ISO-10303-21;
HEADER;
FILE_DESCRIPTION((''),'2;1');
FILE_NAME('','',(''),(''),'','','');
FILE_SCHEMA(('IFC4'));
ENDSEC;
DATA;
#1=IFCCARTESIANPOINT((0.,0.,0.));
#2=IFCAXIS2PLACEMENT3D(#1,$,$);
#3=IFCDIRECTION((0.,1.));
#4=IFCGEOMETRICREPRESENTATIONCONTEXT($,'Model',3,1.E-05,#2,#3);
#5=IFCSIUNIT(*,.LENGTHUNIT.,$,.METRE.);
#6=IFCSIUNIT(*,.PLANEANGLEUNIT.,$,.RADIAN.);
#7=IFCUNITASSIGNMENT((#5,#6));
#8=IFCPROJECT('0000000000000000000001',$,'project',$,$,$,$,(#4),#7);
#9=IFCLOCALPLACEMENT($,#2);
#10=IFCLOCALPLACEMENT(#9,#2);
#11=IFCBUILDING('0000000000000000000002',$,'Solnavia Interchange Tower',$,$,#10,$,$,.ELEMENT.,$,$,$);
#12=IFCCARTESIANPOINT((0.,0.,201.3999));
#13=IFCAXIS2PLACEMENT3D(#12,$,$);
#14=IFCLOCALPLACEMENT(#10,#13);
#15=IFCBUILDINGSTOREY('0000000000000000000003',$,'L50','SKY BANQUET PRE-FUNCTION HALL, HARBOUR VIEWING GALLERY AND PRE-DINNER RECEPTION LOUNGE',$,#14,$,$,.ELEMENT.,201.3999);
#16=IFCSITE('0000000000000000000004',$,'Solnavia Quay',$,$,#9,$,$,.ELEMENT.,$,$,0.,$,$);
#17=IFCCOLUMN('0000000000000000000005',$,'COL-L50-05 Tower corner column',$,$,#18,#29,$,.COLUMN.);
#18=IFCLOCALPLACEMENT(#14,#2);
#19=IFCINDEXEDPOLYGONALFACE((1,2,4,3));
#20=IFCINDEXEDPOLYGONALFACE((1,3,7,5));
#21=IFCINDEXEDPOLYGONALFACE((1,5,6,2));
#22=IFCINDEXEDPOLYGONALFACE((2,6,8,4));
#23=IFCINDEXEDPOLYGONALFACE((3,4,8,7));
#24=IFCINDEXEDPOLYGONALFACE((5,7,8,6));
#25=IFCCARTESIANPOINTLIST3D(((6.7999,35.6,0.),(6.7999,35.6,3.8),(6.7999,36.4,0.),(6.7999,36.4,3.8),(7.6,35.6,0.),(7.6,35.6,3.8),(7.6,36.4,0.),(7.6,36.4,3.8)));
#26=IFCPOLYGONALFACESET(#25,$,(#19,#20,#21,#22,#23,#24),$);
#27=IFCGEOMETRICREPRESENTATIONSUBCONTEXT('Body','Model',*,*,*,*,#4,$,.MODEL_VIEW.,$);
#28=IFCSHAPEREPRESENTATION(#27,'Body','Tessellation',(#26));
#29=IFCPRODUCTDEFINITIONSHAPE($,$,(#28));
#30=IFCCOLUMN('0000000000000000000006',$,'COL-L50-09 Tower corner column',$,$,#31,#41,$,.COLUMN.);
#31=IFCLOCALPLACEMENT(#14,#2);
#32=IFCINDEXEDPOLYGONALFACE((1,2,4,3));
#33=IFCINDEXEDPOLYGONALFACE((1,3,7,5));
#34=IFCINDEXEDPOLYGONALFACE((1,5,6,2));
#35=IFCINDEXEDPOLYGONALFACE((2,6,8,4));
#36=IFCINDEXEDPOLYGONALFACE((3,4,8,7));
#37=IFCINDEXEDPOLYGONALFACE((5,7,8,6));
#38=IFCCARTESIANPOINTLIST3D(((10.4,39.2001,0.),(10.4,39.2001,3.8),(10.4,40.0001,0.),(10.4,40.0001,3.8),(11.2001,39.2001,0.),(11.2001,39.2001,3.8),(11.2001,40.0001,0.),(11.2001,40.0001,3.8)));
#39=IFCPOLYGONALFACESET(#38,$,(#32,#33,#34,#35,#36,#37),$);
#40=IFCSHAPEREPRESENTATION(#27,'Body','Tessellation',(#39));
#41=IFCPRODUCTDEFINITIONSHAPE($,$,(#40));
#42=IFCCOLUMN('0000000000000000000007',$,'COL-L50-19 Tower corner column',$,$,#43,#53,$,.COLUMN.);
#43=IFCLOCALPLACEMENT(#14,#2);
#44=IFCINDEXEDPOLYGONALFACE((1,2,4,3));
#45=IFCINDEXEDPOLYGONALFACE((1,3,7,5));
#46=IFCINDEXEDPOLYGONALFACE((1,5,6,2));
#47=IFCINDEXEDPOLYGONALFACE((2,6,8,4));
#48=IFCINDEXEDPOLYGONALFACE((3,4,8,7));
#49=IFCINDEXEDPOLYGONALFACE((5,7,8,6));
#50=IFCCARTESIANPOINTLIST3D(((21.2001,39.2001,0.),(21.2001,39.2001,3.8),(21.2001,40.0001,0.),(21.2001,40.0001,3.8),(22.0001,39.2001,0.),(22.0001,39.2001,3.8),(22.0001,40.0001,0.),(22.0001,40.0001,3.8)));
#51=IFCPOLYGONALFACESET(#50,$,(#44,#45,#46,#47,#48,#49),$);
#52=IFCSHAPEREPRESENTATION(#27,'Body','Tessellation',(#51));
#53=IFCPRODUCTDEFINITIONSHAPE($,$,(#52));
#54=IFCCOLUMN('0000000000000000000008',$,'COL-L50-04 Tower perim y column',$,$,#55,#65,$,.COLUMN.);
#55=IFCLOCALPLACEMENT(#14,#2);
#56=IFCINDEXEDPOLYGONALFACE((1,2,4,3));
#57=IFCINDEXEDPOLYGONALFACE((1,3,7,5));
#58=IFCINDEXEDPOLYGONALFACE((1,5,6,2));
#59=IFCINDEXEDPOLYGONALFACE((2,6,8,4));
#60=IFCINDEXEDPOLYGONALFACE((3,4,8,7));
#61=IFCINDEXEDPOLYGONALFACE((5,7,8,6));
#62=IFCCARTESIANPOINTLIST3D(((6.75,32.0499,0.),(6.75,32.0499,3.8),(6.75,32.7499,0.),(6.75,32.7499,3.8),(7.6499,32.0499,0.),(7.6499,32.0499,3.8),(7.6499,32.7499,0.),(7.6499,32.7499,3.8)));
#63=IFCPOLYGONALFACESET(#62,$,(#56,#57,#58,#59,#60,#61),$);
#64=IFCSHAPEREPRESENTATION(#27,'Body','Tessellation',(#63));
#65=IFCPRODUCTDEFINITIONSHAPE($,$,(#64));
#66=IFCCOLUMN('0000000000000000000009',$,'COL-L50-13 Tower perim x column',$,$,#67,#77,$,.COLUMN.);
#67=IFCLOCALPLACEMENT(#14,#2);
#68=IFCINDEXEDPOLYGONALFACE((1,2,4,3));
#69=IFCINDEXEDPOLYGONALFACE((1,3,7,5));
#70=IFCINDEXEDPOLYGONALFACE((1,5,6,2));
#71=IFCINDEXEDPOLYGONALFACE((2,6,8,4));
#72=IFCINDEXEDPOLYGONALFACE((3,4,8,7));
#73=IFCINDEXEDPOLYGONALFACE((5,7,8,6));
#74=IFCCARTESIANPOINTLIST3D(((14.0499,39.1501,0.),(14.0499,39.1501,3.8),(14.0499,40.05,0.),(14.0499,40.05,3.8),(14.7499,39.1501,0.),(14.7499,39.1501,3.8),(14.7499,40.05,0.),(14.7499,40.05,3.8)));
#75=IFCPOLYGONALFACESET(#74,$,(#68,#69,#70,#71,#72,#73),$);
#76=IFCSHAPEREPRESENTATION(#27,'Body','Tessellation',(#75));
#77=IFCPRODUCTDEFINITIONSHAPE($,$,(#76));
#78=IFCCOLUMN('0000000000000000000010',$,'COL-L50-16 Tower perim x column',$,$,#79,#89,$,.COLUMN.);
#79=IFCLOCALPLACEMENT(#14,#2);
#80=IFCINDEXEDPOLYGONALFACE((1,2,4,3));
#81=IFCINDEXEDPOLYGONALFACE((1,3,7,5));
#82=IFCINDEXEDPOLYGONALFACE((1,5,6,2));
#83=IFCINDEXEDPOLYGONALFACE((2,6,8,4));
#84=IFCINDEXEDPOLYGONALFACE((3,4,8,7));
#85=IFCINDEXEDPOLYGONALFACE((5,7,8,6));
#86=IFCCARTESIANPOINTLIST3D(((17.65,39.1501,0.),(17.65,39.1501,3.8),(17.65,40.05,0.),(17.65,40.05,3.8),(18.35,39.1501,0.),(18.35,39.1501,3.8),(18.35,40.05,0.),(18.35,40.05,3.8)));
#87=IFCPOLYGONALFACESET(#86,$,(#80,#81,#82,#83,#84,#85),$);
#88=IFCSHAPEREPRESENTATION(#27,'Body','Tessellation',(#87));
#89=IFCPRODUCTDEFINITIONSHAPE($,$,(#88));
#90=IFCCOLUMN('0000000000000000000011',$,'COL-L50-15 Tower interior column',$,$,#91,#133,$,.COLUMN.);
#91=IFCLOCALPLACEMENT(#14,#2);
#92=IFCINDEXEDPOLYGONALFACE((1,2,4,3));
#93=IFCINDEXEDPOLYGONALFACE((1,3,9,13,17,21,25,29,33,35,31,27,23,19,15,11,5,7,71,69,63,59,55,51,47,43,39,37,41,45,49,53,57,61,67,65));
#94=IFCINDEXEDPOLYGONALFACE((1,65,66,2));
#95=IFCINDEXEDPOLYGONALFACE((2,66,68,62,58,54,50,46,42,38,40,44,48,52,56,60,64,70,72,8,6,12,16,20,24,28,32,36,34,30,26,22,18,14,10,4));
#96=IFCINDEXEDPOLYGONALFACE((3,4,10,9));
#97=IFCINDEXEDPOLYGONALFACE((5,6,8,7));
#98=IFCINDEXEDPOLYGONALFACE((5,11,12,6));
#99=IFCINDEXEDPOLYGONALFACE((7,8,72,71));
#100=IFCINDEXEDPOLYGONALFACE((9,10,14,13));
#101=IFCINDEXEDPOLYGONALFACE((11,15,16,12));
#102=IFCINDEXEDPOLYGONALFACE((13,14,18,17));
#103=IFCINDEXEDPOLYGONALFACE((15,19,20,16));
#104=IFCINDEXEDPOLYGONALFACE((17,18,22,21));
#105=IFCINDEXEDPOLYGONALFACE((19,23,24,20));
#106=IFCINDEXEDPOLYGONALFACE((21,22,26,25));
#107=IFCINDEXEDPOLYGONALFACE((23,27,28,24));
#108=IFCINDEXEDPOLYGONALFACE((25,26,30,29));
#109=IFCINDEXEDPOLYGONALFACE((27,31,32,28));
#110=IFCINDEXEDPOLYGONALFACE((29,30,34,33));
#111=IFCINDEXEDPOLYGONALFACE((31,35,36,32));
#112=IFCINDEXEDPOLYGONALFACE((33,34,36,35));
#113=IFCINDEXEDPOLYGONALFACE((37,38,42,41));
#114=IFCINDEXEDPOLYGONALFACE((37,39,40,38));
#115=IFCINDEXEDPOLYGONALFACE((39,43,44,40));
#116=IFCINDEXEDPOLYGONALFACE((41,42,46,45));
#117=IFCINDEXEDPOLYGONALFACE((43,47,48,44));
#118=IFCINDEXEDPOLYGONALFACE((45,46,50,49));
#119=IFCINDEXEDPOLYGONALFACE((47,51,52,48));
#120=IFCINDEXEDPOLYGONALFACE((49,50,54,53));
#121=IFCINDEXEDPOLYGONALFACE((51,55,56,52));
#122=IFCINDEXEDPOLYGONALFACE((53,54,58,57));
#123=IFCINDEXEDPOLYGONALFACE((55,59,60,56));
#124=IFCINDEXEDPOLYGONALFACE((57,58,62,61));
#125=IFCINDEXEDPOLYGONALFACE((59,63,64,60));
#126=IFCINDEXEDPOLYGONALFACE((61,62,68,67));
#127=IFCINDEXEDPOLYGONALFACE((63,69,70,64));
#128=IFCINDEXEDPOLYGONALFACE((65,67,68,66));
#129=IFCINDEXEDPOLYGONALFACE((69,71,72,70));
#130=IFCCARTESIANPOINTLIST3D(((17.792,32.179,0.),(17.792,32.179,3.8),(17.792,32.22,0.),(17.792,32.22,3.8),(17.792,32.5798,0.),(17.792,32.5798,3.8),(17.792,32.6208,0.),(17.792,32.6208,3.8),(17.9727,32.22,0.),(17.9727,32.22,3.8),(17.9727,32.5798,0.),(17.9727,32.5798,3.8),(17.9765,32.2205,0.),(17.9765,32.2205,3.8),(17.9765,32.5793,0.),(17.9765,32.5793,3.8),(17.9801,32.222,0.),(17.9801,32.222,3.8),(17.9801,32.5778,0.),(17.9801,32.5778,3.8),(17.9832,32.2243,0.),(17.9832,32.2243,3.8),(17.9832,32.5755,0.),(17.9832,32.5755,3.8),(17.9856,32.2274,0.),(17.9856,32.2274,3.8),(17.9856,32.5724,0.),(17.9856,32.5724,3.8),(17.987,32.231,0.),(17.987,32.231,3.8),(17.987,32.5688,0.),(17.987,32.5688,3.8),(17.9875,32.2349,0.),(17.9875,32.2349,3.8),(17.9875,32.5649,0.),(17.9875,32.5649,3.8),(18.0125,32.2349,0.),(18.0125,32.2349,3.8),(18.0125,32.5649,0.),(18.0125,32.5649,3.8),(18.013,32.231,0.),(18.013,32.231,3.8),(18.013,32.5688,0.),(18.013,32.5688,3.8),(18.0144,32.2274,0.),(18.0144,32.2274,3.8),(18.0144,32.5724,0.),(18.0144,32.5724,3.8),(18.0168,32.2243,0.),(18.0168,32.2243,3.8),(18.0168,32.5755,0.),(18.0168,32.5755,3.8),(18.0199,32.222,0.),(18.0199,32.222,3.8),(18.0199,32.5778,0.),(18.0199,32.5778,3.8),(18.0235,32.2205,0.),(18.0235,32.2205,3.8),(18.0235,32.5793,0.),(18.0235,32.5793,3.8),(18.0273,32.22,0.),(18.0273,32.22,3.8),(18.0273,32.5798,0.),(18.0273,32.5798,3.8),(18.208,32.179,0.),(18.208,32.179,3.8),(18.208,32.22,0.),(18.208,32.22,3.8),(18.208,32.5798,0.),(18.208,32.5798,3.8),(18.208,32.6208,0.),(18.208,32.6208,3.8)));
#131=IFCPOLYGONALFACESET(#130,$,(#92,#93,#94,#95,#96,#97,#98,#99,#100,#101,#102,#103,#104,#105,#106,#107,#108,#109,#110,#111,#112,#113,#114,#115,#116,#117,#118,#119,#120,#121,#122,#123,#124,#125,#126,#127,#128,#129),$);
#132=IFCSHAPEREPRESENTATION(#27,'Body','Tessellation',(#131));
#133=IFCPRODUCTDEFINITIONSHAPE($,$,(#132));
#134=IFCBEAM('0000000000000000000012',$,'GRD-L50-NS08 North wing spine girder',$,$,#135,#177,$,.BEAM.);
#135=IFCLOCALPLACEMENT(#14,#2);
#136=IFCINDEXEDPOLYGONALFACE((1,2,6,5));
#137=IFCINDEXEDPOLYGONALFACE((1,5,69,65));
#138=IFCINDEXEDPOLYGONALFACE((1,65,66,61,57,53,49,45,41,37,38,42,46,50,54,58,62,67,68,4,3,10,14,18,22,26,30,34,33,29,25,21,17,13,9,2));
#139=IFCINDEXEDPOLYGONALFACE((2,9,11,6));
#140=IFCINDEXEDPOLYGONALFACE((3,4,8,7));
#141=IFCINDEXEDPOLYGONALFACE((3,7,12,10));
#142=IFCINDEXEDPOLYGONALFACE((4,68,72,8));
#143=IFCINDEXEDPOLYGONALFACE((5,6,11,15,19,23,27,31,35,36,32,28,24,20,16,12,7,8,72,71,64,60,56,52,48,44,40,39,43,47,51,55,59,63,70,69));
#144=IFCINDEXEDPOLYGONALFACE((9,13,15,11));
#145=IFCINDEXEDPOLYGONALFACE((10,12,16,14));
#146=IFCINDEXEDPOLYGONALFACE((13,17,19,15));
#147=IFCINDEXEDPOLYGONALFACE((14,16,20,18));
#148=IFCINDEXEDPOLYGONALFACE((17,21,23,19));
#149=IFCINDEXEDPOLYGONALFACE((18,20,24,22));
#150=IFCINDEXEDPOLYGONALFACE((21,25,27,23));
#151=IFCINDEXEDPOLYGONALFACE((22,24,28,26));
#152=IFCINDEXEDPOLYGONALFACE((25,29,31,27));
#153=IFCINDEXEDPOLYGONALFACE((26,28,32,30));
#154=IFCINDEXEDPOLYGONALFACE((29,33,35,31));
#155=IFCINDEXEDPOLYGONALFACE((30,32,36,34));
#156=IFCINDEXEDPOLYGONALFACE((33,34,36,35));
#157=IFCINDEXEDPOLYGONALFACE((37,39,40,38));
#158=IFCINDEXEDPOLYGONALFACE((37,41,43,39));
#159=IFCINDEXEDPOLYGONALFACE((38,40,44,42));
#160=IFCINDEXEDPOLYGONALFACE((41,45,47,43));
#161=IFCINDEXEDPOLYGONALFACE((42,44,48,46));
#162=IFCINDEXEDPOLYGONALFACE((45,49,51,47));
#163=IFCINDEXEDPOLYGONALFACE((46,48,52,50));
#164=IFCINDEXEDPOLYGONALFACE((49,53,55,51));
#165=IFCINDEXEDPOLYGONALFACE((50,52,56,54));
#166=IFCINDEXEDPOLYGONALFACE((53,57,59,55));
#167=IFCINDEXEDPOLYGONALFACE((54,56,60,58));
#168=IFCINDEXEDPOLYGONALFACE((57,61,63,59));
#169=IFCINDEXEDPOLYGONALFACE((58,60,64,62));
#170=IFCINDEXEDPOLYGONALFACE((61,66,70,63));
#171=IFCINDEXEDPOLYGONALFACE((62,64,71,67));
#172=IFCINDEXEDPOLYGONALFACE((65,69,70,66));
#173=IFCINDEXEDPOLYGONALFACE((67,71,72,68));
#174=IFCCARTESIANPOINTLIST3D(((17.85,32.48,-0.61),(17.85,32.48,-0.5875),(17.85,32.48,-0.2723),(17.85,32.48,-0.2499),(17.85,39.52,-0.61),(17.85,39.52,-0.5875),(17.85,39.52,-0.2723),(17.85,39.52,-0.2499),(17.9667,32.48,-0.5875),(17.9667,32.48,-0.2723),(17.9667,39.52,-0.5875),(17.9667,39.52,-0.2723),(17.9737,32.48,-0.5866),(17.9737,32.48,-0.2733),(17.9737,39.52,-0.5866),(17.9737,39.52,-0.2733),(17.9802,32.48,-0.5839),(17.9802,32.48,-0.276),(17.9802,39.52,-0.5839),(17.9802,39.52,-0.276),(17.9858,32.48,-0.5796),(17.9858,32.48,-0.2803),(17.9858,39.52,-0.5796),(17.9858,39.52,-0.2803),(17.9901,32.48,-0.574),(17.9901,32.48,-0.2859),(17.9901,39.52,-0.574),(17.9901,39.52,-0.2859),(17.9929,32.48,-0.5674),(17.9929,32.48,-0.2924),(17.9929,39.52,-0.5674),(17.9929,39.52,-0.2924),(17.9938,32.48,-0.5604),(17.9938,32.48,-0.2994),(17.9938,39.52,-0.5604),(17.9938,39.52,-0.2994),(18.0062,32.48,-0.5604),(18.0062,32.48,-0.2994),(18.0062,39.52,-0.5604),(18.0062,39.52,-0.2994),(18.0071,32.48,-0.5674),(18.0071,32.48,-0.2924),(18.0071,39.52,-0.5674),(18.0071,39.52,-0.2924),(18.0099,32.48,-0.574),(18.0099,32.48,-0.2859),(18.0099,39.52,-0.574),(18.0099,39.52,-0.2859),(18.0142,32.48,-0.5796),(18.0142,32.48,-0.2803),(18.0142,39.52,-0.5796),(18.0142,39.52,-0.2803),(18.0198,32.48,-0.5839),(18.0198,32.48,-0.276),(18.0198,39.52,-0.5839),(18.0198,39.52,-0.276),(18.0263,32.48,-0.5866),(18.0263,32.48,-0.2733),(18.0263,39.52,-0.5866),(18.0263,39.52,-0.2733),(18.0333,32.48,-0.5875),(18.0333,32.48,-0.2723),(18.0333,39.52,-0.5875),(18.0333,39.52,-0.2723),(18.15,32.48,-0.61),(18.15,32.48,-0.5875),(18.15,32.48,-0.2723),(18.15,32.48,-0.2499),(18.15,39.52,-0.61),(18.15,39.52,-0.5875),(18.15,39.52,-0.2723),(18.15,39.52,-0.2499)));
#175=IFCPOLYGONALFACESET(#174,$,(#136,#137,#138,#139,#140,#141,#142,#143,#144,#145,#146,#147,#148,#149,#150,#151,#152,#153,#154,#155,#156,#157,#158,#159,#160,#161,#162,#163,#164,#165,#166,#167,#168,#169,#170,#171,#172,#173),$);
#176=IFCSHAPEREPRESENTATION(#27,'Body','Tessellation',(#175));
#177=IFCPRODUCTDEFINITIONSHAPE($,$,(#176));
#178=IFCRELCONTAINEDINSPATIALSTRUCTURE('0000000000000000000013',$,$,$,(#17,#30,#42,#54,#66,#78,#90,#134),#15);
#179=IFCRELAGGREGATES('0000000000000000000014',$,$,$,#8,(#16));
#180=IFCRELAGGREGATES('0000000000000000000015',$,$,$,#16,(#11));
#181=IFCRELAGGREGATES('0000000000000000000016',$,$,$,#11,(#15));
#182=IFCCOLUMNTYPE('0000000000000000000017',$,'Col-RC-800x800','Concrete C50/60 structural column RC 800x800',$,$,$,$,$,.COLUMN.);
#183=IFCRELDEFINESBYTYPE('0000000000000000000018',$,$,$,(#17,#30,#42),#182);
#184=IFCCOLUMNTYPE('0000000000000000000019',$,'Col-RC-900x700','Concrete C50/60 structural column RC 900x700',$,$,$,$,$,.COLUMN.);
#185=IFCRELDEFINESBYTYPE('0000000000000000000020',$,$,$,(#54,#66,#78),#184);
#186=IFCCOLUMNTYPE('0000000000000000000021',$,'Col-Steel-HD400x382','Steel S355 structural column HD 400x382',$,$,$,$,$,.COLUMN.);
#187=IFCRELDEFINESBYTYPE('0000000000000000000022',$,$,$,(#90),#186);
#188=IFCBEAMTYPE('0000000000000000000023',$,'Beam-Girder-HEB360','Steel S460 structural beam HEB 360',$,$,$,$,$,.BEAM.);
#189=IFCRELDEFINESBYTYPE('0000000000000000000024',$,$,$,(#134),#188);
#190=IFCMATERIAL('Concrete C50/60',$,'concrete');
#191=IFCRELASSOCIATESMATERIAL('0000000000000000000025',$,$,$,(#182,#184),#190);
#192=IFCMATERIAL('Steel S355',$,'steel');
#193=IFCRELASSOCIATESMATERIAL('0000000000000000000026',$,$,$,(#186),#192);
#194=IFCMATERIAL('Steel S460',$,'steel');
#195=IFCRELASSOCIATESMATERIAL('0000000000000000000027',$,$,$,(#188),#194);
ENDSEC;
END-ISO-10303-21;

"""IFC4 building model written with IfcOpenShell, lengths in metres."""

from ifc_helpers import new_model, si_unit, direction, frame, origin, origin_2d, place, context, subcontext, project, spatial, rectangle, i_section, extrude, material, material_profile, profile_set, type_object, element, save


model = new_model("IFC4")

# Units and contexts
model_context = context("Model", 3, precision=1e-05, world=origin(), true_north=direction((0.0, 1.0)))
body_context = subcontext(model_context, "Body", "Model", "MODEL_VIEW")
ifc_project = project(units=[si_unit("LENGTHUNIT", "METRE"), si_unit("PLANEANGLEUNIT", "RADIAN")], contexts=[model_context])

# Site, building, storey
site_placement = place(None, origin())
site = spatial("IfcSite", under=ifc_project, at=site_placement, Name="Solnavia Quay", CompositionType="ELEMENT", RefElevation=0.0)
building_placement = place(site_placement, origin())
building = spatial("IfcBuilding", under=site, at=building_placement, Name="Solnavia Interchange Tower", CompositionType="ELEMENT")
storey_placement = place(building_placement, frame((0.0, 0.0, 201.3999)))
storey = spatial("IfcBuildingStorey", under=building, at=storey_placement, Name="L50", Description="SKY BANQUET PRE-FUNCTION HALL, HARBOUR VIEWING GALLERY AND PRE-DINNER RECEPTION LOUNGE", CompositionType="ELEMENT", Elevation=201.3999)

# Columns
ifc_material_1 = material(Name="Concrete C50/60", Category="concrete")
ifc_material_profile_1 = material_profile(ifc_material_1, rectangle(XDim=0.8, YDim=0.8, at=origin_2d()), Name="RC 800x800")
ifc_profile_set_1 = profile_set([ifc_material_profile_1], Name="Concrete C50/60")
column_type_1 = type_object("IfcColumnType", Name="Col-RC-800x800", Description="Concrete C50/60 structural column RC 800x800", PredefinedType="COLUMN", material=ifc_profile_set_1)
for number, where, z_axis, x_axis, name in (
    (1, (7.2, 36.0, 0.0), (0.0, 0.0, 1.0), (0.0, 1.0, 0.0), "COL-L50-05 Tower corner column"),
    (2, (10.8, 39.6001, 0.0), (0.0, 0.0, 1.0), (1.0, 0.0, 0.0), "COL-L50-09 Tower corner column"),
    (3, (21.6001, 39.6001, 0.0), (0.0, 0.0, 1.0), (1.0, 0.0, 0.0), "COL-L50-19 Tower corner column"),
):
    element("IfcColumn", number, at=place(storey_placement, frame(where, z_axis=z_axis, x_axis=x_axis)), inside=storey, type_object=column_type_1, Name=name, PredefinedType="COLUMN", context=body_context, shape_type="SweptSolid", body=[
        extrude(rectangle(XDim=0.8, YDim=0.8, at=origin_2d()), origin(), (0.0, 0.0, 1.0), 3.8),
    ])
ifc_material_profile_2 = material_profile(ifc_material_1, rectangle(XDim=0.7, YDim=0.8999, at=origin_2d()), Name="RC 900x700")
ifc_profile_set_2 = profile_set([ifc_material_profile_2], Name="Concrete C50/60")
column_type_2 = type_object("IfcColumnType", Name="Col-RC-900x700", Description="Concrete C50/60 structural column RC 900x700", PredefinedType="COLUMN", material=ifc_profile_set_2)
for number, where, z_axis, x_axis, name in (
    (4, (7.2, 32.3999, 0.0), (0.0, 0.0, 1.0), (0.0, 1.0, 0.0), "COL-L50-04 Tower perim y column"),
    (5, (14.3999, 39.6001, 0.0), (0.0, 0.0, 1.0), (1.0, 0.0, 0.0), "COL-L50-13 Tower perim x column"),
    (6, (18.0, 39.6001, 0.0), (0.0, 0.0, 1.0), (1.0, 0.0, 0.0), "COL-L50-16 Tower perim x column"),
):
    element("IfcColumn", number, at=place(storey_placement, frame(where, z_axis=z_axis, x_axis=x_axis)), inside=storey, type_object=column_type_2, Name=name, PredefinedType="COLUMN", context=body_context, shape_type="SweptSolid", body=[
        extrude(rectangle(XDim=0.7, YDim=0.8999, at=origin_2d()), origin(), (0.0, 0.0, 1.0), 3.8),
    ])
ifc_material_2 = material(Name="Steel S355", Category="steel")
ifc_material_profile_3 = material_profile(ifc_material_2, i_section(OverallWidth=0.416, OverallDepth=0.4419, WebThickness=0.0249, FlangeThickness=0.041, FilletRadius=0.0149, at=origin_2d()), Name="HD 400x382")
ifc_profile_set_3 = profile_set([ifc_material_profile_3], Name="Steel S355")
column_type_3 = type_object("IfcColumnType", Name="Col-Steel-HD400x382", Description="Steel S355 structural column HD 400x382", PredefinedType="COLUMN", material=ifc_profile_set_3)
column_placement = place(storey_placement, frame((18.0, 32.3999, 0.0), z_axis=(0.0, 0.0, 1.0), x_axis=(1.0, 0.0, 0.0)))
element("IfcColumn", 7, at=column_placement, inside=storey, type_object=column_type_3, Name="COL-L50-15 Tower interior column", PredefinedType="COLUMN", context=body_context, shape_type="SweptSolid", body=[
    extrude(i_section(OverallWidth=0.416, OverallDepth=0.4419, WebThickness=0.0249, FlangeThickness=0.041, FilletRadius=0.0149, at=origin_2d()), origin(), (0.0, 0.0, 1.0), 3.8),
])

# Beam
ifc_material_3 = material(Name="Steel S460", Category="steel")
ifc_material_profile_4 = material_profile(ifc_material_3, i_section(OverallWidth=0.3, OverallDepth=0.3601, WebThickness=0.0125, FlangeThickness=0.0225, FilletRadius=0.0271, at=origin_2d()), Name="HEB 360")
ifc_profile_set_4 = profile_set([ifc_material_profile_4], Name="Steel S460")
beam_type_1 = type_object("IfcBeamType", Name="Beam-Girder-HEB360", Description="Steel S460 structural beam HEB 360", PredefinedType="BEAM", material=ifc_profile_set_4)
beam_1_placement = place(storey_placement, frame((18.0, 32.48, -0.4299), z_axis=(0.0, 1.0, 0.0), x_axis=(-1.0, 0.0, 0.0)))
element("IfcBeam", 8, at=beam_1_placement, inside=storey, type_object=beam_type_1, Name="GRD-L50-NS08 North wing spine girder", PredefinedType="BEAM", context=body_context, shape_type="SweptSolid", body=[
    extrude(i_section(OverallWidth=0.3, OverallDepth=0.3601, WebThickness=0.0125, FlangeThickness=0.0225, FilletRadius=0.0271, at=origin_2d()), origin(), (0.0, 0.0, 1.0), 7.04),
])

save(model, "model.ifc")
